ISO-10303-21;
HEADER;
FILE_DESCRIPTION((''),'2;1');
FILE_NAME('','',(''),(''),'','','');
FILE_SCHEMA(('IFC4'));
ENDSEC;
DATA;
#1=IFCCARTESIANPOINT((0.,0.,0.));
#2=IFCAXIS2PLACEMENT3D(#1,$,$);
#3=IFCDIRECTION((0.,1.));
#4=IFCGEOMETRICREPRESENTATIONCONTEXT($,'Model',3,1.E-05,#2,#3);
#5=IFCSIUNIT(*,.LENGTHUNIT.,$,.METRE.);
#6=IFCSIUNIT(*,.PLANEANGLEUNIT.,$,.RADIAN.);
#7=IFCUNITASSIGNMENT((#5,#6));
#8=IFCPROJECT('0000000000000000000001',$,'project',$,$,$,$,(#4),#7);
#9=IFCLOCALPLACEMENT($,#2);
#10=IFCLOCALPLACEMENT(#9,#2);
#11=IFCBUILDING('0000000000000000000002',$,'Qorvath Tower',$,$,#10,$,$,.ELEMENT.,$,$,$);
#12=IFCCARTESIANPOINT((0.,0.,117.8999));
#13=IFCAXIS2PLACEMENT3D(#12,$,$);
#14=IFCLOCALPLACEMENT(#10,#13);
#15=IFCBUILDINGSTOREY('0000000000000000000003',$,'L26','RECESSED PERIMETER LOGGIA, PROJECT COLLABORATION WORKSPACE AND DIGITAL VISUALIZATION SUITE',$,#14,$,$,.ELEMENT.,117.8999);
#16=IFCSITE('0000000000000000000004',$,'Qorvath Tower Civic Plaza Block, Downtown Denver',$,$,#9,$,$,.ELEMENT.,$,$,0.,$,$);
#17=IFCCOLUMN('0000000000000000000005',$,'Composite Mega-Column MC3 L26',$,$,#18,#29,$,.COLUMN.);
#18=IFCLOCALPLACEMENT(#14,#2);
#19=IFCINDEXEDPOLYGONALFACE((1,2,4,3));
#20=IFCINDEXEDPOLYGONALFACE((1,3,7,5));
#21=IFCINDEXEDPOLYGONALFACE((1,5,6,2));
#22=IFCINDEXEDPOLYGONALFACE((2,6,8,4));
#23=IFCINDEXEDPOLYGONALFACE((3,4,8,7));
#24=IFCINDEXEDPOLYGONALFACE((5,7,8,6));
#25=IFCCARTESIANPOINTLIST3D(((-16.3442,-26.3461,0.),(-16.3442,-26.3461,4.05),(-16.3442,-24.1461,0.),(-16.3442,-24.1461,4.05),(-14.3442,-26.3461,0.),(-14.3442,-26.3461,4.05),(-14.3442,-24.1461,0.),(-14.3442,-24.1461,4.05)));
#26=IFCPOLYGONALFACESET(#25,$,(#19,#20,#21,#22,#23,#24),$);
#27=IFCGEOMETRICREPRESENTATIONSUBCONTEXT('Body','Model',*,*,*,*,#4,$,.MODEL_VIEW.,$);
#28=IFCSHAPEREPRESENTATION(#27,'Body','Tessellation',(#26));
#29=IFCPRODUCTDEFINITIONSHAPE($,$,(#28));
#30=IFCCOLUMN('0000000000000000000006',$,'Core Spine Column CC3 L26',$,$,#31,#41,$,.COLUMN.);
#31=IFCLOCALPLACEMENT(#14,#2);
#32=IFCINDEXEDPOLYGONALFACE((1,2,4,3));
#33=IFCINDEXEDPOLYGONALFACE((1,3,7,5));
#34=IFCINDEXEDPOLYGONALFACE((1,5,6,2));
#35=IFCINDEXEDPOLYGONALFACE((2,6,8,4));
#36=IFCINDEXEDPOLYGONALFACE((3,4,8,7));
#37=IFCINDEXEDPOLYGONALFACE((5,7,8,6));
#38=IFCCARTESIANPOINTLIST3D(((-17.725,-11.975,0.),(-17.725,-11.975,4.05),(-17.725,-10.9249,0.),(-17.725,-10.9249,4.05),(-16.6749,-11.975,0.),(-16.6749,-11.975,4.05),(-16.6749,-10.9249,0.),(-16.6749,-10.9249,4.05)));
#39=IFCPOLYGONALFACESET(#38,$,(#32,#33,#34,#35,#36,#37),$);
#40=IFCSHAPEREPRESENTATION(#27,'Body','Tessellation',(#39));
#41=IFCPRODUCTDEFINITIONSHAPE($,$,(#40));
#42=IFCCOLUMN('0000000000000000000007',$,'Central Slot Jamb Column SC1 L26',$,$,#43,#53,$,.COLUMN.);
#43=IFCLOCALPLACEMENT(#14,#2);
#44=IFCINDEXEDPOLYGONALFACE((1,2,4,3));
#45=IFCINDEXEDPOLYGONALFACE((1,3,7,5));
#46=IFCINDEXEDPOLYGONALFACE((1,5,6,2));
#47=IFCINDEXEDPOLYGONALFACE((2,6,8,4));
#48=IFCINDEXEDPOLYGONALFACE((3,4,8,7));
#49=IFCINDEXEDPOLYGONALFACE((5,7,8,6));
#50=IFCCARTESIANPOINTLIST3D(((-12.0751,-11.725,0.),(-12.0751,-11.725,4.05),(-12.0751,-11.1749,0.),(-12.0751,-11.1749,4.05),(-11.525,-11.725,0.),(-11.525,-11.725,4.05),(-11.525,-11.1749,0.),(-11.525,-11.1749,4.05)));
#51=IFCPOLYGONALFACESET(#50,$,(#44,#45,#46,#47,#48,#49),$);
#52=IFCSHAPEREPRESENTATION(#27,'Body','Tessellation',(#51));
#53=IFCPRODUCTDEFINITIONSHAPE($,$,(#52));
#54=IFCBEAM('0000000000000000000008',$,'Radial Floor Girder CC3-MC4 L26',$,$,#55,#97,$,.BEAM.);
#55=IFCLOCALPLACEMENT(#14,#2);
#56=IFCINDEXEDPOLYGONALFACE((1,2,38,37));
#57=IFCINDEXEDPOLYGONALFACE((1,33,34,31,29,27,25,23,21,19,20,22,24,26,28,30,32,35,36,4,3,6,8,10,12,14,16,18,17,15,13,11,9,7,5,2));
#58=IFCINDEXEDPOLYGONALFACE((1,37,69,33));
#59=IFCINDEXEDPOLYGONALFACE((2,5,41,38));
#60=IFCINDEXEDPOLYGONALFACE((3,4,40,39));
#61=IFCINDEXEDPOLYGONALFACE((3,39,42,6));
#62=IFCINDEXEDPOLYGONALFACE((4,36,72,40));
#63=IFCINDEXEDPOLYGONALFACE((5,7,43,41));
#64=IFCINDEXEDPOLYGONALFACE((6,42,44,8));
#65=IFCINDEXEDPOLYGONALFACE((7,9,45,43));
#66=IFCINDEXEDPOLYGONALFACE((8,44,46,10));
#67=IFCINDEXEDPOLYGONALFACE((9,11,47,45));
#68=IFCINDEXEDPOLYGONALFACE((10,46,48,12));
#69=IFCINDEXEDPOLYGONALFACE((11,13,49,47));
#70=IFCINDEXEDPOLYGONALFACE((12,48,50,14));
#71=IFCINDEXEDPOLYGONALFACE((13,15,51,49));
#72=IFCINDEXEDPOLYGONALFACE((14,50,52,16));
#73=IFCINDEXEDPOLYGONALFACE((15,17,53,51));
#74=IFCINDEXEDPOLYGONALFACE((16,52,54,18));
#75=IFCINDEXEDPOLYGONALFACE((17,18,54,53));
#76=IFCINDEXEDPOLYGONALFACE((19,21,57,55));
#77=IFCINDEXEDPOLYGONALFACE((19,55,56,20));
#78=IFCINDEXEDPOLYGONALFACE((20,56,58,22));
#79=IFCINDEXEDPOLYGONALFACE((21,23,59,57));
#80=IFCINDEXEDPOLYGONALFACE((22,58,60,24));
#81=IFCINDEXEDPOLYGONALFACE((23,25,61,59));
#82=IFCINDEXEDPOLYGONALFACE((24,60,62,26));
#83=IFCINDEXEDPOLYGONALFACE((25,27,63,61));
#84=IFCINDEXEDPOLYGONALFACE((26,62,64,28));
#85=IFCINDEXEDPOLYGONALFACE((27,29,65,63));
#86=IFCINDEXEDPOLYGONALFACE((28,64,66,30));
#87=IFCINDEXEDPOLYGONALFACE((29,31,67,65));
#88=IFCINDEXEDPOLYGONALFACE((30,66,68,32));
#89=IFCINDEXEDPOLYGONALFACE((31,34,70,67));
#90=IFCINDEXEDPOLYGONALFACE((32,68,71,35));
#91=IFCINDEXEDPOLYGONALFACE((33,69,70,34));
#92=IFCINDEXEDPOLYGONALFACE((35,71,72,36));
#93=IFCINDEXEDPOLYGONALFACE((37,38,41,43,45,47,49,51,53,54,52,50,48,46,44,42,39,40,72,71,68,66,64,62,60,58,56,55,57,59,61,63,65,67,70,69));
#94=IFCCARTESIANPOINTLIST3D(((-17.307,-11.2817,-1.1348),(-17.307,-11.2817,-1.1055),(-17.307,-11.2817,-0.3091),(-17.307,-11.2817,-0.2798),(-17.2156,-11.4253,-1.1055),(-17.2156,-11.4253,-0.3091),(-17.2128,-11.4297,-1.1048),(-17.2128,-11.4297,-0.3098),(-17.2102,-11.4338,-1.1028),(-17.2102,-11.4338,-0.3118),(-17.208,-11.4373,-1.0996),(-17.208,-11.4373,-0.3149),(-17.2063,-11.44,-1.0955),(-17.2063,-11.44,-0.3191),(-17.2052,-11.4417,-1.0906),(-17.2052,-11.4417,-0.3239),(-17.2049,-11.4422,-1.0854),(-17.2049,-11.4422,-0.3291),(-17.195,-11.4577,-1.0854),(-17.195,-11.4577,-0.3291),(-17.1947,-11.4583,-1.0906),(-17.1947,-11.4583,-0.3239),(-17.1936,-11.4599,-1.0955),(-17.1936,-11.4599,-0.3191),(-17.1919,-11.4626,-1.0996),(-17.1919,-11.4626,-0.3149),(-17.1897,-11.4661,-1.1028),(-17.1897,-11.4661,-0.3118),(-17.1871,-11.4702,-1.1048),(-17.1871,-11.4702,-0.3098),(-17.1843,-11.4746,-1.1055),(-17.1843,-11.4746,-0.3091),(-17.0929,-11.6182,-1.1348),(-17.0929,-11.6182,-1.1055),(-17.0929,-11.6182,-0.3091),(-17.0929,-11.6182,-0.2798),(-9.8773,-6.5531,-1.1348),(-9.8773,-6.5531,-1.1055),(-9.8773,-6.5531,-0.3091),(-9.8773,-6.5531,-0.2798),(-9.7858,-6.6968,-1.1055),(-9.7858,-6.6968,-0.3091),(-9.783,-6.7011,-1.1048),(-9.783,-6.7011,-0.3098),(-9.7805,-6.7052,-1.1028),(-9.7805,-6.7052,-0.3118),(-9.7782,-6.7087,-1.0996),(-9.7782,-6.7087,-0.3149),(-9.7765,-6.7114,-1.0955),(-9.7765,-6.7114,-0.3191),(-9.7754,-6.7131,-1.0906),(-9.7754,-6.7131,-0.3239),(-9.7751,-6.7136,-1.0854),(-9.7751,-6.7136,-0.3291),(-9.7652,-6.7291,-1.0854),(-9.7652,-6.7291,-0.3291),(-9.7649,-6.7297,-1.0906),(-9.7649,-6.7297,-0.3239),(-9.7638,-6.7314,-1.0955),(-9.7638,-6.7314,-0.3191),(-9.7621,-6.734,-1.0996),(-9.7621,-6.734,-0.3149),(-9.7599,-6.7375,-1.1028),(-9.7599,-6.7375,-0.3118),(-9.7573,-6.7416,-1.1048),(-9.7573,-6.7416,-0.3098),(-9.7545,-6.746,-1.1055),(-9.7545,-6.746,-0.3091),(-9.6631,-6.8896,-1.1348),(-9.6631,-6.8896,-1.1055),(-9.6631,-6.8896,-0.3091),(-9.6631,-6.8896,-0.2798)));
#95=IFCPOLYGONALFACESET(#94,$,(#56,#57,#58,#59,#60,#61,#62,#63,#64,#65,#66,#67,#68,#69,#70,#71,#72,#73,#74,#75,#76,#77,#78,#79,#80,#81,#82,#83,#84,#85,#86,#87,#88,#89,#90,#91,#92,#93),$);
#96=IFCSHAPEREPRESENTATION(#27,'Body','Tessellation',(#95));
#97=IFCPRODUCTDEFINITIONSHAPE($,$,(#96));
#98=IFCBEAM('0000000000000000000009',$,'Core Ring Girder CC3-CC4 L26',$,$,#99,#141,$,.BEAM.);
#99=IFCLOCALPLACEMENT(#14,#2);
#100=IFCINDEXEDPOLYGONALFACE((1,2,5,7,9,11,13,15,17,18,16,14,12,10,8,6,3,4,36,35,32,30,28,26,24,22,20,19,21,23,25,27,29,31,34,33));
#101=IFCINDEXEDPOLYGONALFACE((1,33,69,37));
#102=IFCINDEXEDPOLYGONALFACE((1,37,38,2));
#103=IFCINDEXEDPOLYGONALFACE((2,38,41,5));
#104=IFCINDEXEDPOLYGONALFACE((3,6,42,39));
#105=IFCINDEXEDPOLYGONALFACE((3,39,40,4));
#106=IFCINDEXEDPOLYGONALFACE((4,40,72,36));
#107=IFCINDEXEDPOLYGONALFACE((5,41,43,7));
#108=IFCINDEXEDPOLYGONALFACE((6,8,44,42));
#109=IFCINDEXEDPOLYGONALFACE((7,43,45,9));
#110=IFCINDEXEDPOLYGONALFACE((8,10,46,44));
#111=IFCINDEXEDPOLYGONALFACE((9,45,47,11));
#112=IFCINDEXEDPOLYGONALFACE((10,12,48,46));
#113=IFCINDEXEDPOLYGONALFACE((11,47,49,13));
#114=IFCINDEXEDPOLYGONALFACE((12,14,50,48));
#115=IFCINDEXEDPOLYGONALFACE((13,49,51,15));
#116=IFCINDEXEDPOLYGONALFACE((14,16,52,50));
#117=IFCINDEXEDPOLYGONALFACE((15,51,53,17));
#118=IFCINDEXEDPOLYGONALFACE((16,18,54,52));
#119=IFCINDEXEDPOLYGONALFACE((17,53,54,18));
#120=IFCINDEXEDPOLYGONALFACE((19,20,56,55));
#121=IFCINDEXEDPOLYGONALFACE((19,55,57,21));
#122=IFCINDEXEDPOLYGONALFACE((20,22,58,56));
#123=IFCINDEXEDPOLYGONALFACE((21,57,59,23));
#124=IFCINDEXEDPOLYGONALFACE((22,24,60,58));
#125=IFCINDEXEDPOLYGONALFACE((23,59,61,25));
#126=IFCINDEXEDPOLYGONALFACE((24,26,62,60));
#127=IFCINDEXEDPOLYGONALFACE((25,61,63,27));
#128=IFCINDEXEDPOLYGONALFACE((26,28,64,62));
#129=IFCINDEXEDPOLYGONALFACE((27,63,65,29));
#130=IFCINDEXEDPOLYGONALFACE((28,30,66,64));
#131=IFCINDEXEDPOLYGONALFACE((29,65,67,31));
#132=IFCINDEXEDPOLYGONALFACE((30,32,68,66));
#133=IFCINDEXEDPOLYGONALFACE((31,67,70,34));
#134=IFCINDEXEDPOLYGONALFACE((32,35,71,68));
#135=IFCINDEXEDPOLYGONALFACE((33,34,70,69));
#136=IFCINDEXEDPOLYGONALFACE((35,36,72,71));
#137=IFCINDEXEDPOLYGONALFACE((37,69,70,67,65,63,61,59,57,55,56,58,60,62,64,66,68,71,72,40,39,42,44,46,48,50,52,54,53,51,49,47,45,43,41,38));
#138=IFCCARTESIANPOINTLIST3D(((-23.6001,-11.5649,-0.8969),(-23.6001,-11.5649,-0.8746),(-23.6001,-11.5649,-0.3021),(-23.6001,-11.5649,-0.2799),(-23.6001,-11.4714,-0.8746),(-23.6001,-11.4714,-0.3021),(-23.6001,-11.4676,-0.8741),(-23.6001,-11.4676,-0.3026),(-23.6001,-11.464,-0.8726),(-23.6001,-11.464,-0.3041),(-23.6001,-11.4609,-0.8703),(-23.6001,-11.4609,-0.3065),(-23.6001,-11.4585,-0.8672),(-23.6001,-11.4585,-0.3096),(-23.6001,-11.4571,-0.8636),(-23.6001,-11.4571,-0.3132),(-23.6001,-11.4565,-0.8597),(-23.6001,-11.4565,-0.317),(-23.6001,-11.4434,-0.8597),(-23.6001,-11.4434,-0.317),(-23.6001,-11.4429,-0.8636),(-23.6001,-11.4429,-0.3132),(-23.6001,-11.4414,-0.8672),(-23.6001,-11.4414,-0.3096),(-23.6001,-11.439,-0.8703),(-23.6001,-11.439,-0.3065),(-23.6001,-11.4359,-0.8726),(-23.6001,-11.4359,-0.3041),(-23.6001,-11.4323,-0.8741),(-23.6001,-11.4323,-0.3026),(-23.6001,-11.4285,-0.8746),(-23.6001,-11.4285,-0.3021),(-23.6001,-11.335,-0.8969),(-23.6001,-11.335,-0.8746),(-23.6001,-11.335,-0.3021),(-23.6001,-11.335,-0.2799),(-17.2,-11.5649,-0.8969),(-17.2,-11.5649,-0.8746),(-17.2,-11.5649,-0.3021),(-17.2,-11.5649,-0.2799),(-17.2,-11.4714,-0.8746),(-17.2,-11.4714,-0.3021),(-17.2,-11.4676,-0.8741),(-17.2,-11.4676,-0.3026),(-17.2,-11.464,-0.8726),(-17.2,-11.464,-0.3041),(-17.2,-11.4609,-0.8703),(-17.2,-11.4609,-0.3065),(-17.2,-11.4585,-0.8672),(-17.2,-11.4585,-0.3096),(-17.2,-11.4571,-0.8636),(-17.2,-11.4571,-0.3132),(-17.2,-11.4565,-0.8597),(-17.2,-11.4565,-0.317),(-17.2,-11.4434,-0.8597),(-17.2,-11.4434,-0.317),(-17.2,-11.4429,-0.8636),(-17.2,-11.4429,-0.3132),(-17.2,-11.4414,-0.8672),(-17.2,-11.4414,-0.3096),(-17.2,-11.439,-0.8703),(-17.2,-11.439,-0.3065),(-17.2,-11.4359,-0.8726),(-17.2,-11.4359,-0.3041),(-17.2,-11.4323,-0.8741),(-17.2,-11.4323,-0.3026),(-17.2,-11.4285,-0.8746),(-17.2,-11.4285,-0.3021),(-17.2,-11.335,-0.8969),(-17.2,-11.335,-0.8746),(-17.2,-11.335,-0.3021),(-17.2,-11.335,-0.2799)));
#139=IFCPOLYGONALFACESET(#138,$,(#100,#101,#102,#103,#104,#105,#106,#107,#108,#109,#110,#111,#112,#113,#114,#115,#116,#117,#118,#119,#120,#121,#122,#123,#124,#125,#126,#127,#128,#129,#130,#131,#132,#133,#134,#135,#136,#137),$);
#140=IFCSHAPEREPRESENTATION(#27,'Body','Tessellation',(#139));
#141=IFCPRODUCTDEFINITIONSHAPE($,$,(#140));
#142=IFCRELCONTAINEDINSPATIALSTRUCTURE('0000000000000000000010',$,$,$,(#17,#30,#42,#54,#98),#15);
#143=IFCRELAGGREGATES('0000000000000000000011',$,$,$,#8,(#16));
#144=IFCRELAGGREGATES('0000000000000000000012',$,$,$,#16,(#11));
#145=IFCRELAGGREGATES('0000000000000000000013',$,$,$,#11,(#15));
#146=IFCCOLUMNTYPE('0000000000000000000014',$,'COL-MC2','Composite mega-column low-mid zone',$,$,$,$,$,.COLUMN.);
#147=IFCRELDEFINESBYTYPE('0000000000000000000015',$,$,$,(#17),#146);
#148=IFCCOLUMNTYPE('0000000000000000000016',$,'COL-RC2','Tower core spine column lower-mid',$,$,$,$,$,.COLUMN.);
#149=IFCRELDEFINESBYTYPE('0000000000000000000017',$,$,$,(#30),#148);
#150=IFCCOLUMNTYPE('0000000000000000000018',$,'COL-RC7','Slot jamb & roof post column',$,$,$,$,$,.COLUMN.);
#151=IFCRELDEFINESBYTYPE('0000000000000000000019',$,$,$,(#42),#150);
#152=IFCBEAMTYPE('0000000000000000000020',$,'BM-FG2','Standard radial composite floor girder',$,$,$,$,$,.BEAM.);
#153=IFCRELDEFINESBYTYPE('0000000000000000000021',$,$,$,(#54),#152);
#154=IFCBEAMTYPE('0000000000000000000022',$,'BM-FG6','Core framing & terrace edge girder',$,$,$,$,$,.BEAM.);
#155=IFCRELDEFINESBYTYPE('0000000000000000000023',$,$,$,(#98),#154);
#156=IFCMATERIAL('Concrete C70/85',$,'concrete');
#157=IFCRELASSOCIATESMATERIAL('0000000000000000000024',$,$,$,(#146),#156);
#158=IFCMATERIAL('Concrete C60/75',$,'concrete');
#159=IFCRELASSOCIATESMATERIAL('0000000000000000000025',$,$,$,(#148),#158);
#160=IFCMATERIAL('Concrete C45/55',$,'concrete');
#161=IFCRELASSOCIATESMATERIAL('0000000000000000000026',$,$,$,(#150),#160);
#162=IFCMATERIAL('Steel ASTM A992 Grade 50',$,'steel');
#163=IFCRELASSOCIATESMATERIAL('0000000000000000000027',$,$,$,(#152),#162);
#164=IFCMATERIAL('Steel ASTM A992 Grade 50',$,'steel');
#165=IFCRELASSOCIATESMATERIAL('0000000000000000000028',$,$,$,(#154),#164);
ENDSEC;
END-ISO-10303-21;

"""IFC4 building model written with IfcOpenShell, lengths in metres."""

from ifc_helpers import new_model, si_unit, direction, frame, origin, origin_2d, place, context, subcontext, project, spatial, rectangle, i_section, extrude, material, material_profile, profile_set, type_object, element, save


model = new_model("IFC4")

# Units and contexts
model_context = context("Model", 3, precision=1e-05, world=origin(), true_north=direction((0.0, 1.0)))
body_context = subcontext(model_context, "Body", "Model", "MODEL_VIEW")
ifc_project = project(units=[si_unit("LENGTHUNIT", "METRE"), si_unit("PLANEANGLEUNIT", "RADIAN")], contexts=[model_context])

# Site, building, storey
site_placement = place(None, origin())
site = spatial("IfcSite", under=ifc_project, at=site_placement, Name="Qorvath Tower Civic Plaza Block, Downtown Denver", CompositionType="ELEMENT", RefElevation=0.0)
building_placement = place(site_placement, origin())
building = spatial("IfcBuilding", under=site, at=building_placement, Name="Qorvath Tower", CompositionType="ELEMENT")
storey_placement = place(building_placement, frame((0.0, 0.0, 117.8999)))
storey = spatial("IfcBuildingStorey", under=building, at=storey_placement, Name="L26", Description="RECESSED PERIMETER LOGGIA, PROJECT COLLABORATION WORKSPACE AND DIGITAL VISUALIZATION SUITE", CompositionType="ELEMENT", Elevation=117.8999)

# Columns
ifc_material_1 = material(Name="Concrete C70/85", Category="concrete")
ifc_material_profile_1 = material_profile(ifc_material_1, rectangle(XDim=2.0, YDim=2.2, at=origin_2d()), Name="MC 2200x2000")
ifc_profile_set_1 = profile_set([ifc_material_profile_1], Name="Concrete C70/85")
column_type_1 = type_object("IfcColumnType", Name="COL-MC2", Description="Composite mega-column low-mid zone", PredefinedType="COLUMN", material=ifc_profile_set_1)
column_1_placement = place(storey_placement, frame((-15.3442, -25.2461, 0.0), z_axis=(0.0, 0.0, 1.0), x_axis=(1.0, 0.0, 0.0)))
element("IfcColumn", 1, at=column_1_placement, inside=storey, type_object=column_type_1, Name="Composite Mega-Column MC3 L26", PredefinedType="COLUMN", context=body_context, shape_type="SweptSolid", body=[
    extrude(rectangle(XDim=2.0, YDim=2.2, at=origin_2d()), origin(), (0.0, 0.0, 1.0), 4.05),
])
ifc_material_2 = material(Name="Concrete C60/75", Category="concrete")
ifc_material_profile_2 = material_profile(ifc_material_2, rectangle(XDim=1.05, YDim=1.05, at=origin_2d()), Name="RC 1050x1050")
ifc_profile_set_2 = profile_set([ifc_material_profile_2], Name="Concrete C60/75")
column_type_2 = type_object("IfcColumnType", Name="COL-RC2", Description="Tower core spine column lower-mid", PredefinedType="COLUMN", material=ifc_profile_set_2)
column_2_placement = place(storey_placement, frame((-17.2, -11.45, 0.0), z_axis=(0.0, 0.0, 1.0), x_axis=(1.0, 0.0, 0.0)))
element("IfcColumn", 2, at=column_2_placement, inside=storey, type_object=column_type_2, Name="Core Spine Column CC3 L26", PredefinedType="COLUMN", context=body_context, shape_type="SweptSolid", body=[
    extrude(rectangle(XDim=1.05, YDim=1.05, at=origin_2d()), origin(), (0.0, 0.0, 1.0), 4.05),
])
ifc_material_3 = material(Name="Concrete C45/55", Category="concrete")
ifc_material_profile_3 = material_profile(ifc_material_3, rectangle(XDim=0.55, YDim=0.55, at=origin_2d()), Name="RC 550x550")
ifc_profile_set_3 = profile_set([ifc_material_profile_3], Name="Concrete C45/55")
column_type_3 = type_object("IfcColumnType", Name="COL-RC7", Description="Slot jamb & roof post column", PredefinedType="COLUMN", material=ifc_profile_set_3)
column_3_placement = place(storey_placement, frame((-11.8, -11.45, 0.0), z_axis=(0.0, 0.0, 1.0), x_axis=(1.0, 0.0, 0.0)))
element("IfcColumn", 3, at=column_3_placement, inside=storey, type_object=column_type_3, Name="Central Slot Jamb Column SC1 L26", PredefinedType="COLUMN", context=body_context, shape_type="SweptSolid", body=[
    extrude(rectangle(XDim=0.55, YDim=0.55, at=origin_2d()), origin(), (0.0, 0.0, 1.0), 4.05),
])

# Beams
ifc_material_4 = material(Name="Steel ASTM A992 Grade 50", Category="steel")
ifc_material_profile_4 = material_profile(ifc_material_4, i_section(OverallWidth=0.3989, OverallDepth=0.855, WebThickness=0.0183, FlangeThickness=0.0293, FilletRadius=0.02, at=origin_2d()), Name="W33x201")
ifc_profile_set_4 = profile_set([ifc_material_profile_4], Name="Steel ASTM A992 Grade 50")
beam_type_1 = type_object("IfcBeamType", Name="BM-FG2", Description="Standard radial composite floor girder", PredefinedType="BEAM", material=ifc_profile_set_4)
beam_1_placement = place(storey_placement, frame((-17.2, -11.45, -0.7073), z_axis=(0.843634, 0.536919, 0.0), x_axis=(-0.536919, 0.843634, 0.0)))
element("IfcBeam", 4, at=beam_1_placement, inside=storey, type_object=beam_type_1, Name="Radial Floor Girder CC3-MC4 L26", PredefinedType="BEAM", context=body_context, shape_type="SweptSolid", body=[
    extrude(i_section(OverallWidth=0.3989, OverallDepth=0.855, WebThickness=0.0183, FlangeThickness=0.0293, FilletRadius=0.02, at=origin_2d()), origin(), (0.0, 0.0, 1.0), 8.8069),
])
ifc_material_5 = material(Name="Steel ASTM A992 Grade 50", Category="steel")
ifc_material_profile_5 = material_profile(ifc_material_5, i_section(OverallWidth=0.23, OverallDepth=0.6169, WebThickness=0.0132, FlangeThickness=0.0222, FilletRadius=0.0149, at=origin_2d()), Name="W24x94")
ifc_profile_set_5 = profile_set([ifc_material_profile_5], Name="Steel ASTM A992 Grade 50")
beam_type_2 = type_object("IfcBeamType", Name="BM-FG6", Description="Core framing & terrace edge girder", PredefinedType="BEAM", material=ifc_profile_set_5)
beam_2_placement = place(storey_placement, frame((-17.2, -11.45, -0.5884), z_axis=(-1.0, 0.0, 0.0), x_axis=(0.0, -1.0, 0.0)))
element("IfcBeam", 5, at=beam_2_placement, inside=storey, type_object=beam_type_2, Name="Core Ring Girder CC3-CC4 L26", PredefinedType="BEAM", context=body_context, shape_type="SweptSolid", body=[
    extrude(i_section(OverallWidth=0.23, OverallDepth=0.6169, WebThickness=0.0132, FlangeThickness=0.0222, FilletRadius=0.0149, at=origin_2d()), origin(), (0.0, 0.0, 1.0), 6.4001),
])

save(model, "model.ifc")
